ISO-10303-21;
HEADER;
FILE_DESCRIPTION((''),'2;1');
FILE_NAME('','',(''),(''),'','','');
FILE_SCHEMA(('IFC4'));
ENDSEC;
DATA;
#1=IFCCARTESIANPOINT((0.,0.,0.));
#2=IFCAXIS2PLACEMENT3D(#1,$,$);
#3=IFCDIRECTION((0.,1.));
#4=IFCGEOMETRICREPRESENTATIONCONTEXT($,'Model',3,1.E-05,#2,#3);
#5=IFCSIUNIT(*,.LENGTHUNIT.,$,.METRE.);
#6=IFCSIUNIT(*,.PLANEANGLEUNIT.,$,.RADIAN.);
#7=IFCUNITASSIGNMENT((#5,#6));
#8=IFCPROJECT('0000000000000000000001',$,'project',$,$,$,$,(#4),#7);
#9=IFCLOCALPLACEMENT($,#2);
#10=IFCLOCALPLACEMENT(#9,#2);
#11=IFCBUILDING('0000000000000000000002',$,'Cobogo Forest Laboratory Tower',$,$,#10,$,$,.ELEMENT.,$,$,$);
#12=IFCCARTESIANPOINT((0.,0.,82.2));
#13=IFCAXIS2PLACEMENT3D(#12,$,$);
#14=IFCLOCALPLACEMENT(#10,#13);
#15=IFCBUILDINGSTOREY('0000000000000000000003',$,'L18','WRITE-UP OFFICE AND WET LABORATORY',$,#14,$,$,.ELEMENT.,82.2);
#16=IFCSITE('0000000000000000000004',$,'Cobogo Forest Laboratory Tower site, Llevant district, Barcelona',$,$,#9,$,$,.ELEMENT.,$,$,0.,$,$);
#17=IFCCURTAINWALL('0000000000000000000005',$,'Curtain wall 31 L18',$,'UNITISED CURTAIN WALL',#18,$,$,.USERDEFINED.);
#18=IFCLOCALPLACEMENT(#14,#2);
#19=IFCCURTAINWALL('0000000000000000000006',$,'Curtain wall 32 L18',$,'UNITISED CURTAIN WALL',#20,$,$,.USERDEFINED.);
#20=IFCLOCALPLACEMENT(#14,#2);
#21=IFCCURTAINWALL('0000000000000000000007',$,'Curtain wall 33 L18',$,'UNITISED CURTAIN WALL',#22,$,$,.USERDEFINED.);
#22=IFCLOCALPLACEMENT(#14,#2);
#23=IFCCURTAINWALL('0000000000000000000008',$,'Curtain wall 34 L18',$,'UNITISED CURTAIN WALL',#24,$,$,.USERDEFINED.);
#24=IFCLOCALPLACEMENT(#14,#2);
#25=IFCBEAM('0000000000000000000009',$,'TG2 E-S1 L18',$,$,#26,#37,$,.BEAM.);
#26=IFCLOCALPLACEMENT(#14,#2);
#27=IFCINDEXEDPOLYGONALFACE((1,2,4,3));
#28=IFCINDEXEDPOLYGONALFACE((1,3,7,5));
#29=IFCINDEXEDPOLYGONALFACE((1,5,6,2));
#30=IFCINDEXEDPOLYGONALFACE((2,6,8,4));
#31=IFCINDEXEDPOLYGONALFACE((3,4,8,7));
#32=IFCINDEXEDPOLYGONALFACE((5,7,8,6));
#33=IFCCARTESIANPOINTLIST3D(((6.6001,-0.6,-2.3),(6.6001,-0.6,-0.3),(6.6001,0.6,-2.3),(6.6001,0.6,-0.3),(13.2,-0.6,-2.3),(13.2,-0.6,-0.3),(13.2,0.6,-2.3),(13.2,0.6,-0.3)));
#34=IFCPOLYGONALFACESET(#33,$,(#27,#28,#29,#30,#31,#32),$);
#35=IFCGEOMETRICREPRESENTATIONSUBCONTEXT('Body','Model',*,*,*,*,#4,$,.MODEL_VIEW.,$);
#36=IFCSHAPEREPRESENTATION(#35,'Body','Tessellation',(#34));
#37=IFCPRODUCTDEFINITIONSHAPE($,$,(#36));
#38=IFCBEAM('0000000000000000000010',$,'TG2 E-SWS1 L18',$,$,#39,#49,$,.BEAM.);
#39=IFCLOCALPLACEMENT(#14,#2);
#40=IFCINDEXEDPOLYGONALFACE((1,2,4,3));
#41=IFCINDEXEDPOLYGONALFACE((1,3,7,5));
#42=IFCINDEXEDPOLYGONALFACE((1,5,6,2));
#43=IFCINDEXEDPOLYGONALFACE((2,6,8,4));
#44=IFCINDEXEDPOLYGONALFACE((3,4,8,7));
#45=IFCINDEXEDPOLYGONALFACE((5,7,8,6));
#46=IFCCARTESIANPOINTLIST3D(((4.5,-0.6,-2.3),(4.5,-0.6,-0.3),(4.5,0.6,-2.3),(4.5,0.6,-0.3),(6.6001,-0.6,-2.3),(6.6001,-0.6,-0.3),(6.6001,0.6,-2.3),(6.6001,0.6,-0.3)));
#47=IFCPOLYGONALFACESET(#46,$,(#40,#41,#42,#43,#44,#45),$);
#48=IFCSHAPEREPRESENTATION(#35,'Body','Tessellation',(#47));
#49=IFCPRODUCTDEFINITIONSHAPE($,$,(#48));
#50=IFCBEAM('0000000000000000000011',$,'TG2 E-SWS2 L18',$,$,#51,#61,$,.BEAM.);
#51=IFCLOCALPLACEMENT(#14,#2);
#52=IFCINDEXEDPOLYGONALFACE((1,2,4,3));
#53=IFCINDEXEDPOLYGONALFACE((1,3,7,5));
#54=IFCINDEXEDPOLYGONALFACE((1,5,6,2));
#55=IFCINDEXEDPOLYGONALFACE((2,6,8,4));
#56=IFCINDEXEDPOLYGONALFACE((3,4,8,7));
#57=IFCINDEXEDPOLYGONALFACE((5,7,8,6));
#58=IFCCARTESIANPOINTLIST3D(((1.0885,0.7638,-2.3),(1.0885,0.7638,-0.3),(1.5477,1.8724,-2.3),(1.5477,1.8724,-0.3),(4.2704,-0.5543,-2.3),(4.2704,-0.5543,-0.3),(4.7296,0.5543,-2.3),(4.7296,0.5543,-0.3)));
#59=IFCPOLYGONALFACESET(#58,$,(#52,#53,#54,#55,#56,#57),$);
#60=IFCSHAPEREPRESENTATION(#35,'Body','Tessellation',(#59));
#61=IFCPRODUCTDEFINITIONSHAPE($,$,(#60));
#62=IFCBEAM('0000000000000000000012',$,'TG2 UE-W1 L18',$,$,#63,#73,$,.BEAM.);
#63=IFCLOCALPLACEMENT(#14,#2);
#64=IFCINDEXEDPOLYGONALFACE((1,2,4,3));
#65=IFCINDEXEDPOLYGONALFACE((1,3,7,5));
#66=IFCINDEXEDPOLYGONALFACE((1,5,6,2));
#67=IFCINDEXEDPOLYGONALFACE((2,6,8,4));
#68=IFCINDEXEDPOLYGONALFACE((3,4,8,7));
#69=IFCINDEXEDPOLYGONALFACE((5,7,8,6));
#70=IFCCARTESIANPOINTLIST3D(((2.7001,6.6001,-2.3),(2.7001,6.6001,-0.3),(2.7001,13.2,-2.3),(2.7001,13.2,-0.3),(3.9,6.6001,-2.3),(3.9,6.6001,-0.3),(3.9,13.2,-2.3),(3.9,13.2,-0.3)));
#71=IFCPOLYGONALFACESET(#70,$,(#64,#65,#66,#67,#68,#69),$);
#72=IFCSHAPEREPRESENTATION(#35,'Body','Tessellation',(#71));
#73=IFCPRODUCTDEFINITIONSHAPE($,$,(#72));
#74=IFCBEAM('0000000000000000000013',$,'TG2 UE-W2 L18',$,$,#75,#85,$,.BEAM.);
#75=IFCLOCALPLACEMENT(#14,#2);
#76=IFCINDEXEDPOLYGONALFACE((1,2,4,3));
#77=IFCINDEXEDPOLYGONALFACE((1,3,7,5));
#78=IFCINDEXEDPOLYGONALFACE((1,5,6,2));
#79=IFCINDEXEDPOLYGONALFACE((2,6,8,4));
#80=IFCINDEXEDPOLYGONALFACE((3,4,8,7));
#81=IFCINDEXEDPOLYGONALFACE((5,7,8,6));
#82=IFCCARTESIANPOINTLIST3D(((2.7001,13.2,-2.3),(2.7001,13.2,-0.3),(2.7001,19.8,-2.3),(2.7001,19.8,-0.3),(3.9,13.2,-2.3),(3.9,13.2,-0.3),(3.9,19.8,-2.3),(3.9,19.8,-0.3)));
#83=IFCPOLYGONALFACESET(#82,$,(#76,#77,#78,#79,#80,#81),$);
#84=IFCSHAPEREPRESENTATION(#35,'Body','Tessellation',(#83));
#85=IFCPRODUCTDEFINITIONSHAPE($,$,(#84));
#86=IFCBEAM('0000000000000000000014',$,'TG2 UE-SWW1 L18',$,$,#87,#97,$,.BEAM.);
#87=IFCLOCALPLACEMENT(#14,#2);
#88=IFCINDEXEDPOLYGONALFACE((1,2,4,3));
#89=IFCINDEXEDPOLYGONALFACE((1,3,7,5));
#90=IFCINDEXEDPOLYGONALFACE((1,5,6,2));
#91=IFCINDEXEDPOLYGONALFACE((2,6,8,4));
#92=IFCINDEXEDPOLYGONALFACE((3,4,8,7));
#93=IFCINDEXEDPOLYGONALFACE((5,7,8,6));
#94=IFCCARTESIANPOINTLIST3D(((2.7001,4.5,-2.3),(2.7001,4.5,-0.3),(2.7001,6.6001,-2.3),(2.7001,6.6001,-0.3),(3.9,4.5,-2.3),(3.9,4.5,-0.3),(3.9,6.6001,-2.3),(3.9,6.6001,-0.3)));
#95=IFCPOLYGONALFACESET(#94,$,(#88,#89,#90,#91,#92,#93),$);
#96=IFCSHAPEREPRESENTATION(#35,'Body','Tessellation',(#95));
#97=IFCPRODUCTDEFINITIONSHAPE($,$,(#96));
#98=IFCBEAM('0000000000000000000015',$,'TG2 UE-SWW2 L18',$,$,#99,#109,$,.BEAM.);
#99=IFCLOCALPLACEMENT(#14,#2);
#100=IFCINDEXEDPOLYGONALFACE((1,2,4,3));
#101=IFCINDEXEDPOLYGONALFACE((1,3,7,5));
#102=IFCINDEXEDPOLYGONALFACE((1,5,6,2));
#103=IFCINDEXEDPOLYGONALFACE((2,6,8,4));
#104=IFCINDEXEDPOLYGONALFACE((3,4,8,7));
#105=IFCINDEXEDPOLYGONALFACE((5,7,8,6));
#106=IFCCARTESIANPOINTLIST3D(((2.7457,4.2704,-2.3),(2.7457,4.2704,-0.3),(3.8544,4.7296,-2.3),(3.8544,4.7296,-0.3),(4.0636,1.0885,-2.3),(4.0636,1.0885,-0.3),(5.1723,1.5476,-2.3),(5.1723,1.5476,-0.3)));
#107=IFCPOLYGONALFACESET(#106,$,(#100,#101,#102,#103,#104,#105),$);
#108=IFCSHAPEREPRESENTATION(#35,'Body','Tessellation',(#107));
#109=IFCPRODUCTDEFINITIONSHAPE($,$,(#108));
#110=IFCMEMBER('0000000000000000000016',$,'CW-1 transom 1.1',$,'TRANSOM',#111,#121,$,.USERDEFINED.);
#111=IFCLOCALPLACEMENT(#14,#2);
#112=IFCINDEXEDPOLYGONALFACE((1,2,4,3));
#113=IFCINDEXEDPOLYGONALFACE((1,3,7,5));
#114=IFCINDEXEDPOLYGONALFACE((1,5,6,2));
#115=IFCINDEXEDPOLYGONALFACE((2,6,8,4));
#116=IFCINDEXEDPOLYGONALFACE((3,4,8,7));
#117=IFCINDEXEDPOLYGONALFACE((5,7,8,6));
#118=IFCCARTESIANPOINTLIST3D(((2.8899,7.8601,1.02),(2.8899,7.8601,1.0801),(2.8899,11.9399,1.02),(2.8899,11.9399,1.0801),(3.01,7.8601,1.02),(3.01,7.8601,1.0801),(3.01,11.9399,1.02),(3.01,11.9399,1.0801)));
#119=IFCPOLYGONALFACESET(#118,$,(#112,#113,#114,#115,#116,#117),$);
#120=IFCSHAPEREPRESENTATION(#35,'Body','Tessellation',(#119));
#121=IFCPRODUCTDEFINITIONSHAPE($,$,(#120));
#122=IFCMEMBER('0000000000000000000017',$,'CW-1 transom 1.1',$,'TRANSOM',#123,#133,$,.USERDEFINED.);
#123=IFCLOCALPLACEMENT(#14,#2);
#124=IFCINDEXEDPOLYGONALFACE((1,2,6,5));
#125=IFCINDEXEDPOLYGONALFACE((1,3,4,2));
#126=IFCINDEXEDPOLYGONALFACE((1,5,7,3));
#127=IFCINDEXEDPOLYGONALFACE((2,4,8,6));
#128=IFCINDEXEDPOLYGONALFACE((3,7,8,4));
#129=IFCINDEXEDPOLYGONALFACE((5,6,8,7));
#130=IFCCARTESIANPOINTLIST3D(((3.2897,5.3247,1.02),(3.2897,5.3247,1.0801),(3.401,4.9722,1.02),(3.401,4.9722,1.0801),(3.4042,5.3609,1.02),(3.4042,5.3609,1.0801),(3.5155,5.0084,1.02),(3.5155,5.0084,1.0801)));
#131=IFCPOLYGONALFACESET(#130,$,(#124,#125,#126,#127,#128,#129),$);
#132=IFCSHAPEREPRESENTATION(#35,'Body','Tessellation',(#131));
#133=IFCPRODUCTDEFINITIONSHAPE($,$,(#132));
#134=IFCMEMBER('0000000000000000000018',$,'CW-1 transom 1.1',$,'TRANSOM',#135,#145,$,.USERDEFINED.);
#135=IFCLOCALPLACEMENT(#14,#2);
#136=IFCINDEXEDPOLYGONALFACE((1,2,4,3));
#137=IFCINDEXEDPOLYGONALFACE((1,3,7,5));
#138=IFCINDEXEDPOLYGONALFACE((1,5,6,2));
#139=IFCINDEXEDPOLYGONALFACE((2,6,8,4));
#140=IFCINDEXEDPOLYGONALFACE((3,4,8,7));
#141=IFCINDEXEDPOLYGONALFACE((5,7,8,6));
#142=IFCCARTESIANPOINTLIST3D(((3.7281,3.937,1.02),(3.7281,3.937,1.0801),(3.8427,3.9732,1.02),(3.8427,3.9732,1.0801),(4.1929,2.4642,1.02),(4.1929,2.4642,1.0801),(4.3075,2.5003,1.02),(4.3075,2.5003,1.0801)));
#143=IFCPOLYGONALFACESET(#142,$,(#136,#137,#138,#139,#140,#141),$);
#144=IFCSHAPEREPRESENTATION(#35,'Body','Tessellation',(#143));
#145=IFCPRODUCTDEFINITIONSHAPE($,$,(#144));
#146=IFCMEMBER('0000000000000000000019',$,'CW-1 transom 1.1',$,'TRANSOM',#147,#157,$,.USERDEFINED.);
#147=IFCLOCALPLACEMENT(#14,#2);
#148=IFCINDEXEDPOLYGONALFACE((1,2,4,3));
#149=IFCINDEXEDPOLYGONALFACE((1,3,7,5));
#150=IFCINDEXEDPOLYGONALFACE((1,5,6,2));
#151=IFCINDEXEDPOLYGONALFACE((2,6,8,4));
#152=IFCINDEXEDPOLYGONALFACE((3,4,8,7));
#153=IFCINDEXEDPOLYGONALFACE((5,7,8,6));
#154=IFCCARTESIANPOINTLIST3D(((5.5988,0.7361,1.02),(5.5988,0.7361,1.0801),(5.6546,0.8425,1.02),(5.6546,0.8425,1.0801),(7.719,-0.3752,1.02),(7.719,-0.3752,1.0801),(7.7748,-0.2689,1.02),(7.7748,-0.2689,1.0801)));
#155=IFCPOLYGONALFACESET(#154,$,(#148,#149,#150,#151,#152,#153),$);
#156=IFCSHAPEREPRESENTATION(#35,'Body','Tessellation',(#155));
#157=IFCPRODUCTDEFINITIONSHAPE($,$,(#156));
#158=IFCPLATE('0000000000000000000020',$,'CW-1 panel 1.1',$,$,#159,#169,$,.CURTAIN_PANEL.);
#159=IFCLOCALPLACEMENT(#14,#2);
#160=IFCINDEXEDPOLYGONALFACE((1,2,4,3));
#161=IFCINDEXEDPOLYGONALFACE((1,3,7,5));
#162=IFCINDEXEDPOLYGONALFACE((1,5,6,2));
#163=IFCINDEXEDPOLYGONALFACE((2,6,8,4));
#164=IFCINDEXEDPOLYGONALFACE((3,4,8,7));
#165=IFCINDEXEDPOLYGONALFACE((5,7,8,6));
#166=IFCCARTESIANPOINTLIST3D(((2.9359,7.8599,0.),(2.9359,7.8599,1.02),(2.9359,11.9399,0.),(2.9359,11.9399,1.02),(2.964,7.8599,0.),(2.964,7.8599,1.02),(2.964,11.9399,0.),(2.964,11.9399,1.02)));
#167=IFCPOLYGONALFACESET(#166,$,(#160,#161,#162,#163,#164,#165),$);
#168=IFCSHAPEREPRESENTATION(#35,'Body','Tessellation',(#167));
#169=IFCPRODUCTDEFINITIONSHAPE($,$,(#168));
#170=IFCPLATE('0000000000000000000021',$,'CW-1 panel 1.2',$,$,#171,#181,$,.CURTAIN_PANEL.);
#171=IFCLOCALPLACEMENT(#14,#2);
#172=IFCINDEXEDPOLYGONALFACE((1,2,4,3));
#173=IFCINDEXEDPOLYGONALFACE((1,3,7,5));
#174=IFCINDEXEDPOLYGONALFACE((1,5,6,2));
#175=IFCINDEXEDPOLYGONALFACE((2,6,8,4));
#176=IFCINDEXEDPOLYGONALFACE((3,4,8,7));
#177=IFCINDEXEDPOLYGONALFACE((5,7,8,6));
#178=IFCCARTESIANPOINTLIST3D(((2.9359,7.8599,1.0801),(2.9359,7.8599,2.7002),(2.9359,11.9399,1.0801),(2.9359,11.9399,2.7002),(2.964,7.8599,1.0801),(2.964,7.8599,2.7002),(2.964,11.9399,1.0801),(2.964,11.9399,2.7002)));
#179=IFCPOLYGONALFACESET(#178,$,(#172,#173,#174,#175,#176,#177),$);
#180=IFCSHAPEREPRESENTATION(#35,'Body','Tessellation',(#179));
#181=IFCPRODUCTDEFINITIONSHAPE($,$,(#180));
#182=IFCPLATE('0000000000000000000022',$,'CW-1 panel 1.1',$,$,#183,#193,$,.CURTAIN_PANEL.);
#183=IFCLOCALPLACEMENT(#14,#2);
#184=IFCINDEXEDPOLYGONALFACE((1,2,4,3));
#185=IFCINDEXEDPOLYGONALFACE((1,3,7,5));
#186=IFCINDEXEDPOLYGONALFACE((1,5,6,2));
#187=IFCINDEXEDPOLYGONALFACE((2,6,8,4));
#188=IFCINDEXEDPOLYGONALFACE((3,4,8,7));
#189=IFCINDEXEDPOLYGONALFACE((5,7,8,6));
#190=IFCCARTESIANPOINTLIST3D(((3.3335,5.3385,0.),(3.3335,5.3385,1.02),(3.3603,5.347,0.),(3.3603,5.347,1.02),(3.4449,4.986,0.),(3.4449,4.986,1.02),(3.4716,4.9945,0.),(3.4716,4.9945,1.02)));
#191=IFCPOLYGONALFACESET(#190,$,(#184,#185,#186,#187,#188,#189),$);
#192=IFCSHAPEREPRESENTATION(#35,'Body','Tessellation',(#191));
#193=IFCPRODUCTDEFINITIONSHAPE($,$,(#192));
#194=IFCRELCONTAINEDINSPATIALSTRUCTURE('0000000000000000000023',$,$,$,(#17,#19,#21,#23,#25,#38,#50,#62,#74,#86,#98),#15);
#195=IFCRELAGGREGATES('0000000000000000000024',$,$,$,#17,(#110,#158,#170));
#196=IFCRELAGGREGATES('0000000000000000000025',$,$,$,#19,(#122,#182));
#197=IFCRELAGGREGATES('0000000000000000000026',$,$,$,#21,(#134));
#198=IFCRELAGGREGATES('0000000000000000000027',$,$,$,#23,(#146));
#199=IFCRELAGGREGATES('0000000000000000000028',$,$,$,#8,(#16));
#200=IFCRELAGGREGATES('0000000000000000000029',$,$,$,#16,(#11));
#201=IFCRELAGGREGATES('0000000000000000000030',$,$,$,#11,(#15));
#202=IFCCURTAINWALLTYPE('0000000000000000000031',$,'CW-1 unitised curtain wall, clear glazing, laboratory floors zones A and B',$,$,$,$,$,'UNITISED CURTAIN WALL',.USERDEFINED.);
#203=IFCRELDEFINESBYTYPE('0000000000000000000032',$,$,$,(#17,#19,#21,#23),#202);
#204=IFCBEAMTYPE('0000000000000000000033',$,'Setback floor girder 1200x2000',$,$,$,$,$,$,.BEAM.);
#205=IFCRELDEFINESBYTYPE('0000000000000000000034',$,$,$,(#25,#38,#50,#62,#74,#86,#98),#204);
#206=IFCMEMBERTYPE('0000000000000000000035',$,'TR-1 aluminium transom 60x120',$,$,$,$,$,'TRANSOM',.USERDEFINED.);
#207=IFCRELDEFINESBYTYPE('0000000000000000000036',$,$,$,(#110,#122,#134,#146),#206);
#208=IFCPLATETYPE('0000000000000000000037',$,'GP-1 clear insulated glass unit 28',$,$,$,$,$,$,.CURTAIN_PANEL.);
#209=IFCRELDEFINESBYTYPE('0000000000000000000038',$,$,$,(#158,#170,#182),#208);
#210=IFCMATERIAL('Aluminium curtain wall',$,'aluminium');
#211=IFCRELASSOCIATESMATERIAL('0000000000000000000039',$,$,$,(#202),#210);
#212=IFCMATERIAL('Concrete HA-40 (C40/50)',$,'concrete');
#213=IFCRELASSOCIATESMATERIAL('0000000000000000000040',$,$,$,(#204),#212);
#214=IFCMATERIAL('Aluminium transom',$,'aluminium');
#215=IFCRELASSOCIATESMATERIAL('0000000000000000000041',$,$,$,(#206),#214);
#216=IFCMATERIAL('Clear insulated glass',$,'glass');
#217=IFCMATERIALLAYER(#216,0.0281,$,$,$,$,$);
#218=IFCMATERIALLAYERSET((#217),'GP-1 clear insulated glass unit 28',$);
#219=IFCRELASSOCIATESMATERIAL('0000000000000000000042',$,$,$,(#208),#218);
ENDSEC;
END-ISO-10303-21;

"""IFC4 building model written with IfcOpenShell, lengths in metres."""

from ifc_helpers import new_model, si_unit, direction, frame, origin, origin_2d, place, context, subcontext, project, spatial, rectangle, extrude, material, layer, layer_set, material_profile, profile_set, type_object, element, aggregate, save


model = new_model("IFC4")

# Units and contexts
model_context = context("Model", 3, precision=1e-05, world=origin(), true_north=direction((0.0, 1.0)))
body_context = subcontext(model_context, "Body", "Model", "MODEL_VIEW")
ifc_project = project(units=[si_unit("LENGTHUNIT", "METRE"), si_unit("PLANEANGLEUNIT", "RADIAN")], contexts=[model_context])

# Site, building, storey
site_placement = place(None, origin())
site = spatial("IfcSite", under=ifc_project, at=site_placement, Name="Cobogo Forest Laboratory Tower site, Llevant district, Barcelona", CompositionType="ELEMENT", RefElevation=0.0)
building_placement = place(site_placement, origin())
building = spatial("IfcBuilding", under=site, at=building_placement, Name="Cobogo Forest Laboratory Tower", CompositionType="ELEMENT")
storey_placement = place(building_placement, frame((0.0, 0.0, 82.2)))
storey = spatial("IfcBuildingStorey", under=building, at=storey_placement, Name="L18", Description="WRITE-UP OFFICE AND WET LABORATORY", CompositionType="ELEMENT", Elevation=82.2)

# Curtain wall
ifc_material_1 = material(Name="Aluminium curtain wall", Category="aluminium")
curtain_wall_type = type_object("IfcCurtainWallType", Name="CW-1 unitised curtain wall, clear glazing, laboratory floors zones A and B", ElementType="UNITISED CURTAIN WALL", PredefinedType="USERDEFINED", material=ifc_material_1)
curtain_wall_1_placement = place(storey_placement, origin())
curtain_wall_1 = element("IfcCurtainWall", 1, at=curtain_wall_1_placement, inside=storey, type_object=curtain_wall_type, Name="Curtain wall 31 L18", ObjectType="UNITISED CURTAIN WALL", PredefinedType="USERDEFINED")

# Curtain walls
curtain_wall_2_placement = place(storey_placement, origin())
curtain_wall_2 = element("IfcCurtainWall", 2, at=curtain_wall_2_placement, inside=storey, type_object=curtain_wall_type, Name="Curtain wall 32 L18", ObjectType="UNITISED CURTAIN WALL", PredefinedType="USERDEFINED")
curtain_wall_3_placement = place(storey_placement, origin())
curtain_wall_3 = element("IfcCurtainWall", 3, at=curtain_wall_3_placement, inside=storey, type_object=curtain_wall_type, Name="Curtain wall 33 L18", ObjectType="UNITISED CURTAIN WALL", PredefinedType="USERDEFINED")

# Curtain wall
curtain_wall_4_placement = place(storey_placement, origin())
curtain_wall_4 = element("IfcCurtainWall", 4, at=curtain_wall_4_placement, inside=storey, type_object=curtain_wall_type, Name="Curtain wall 34 L18", ObjectType="UNITISED CURTAIN WALL", PredefinedType="USERDEFINED")

# Beams
ifc_material_2 = material(Name="Concrete HA-40 (C40/50)", Category="concrete")
ifc_material_profile_1 = material_profile(ifc_material_2, rectangle(XDim=1.2, YDim=2.0, at=origin_2d()), Name="RC 1200x2000")
ifc_profile_set_1 = profile_set([ifc_material_profile_1], Name="Concrete HA-40 (C40/50)")
beam_type = type_object("IfcBeamType", Name="Setback floor girder 1200x2000", PredefinedType="BEAM", material=ifc_profile_set_1)
beam_1_placement = place(storey_placement, frame((6.6001, 0.0, -1.3), z_axis=(1.0, 0.0, 0.0), x_axis=(0.0, 1.0, 0.0)))
element("IfcBeam", 5, at=beam_1_placement, inside=storey, type_object=beam_type, Name="TG2 E-S1 L18", PredefinedType="BEAM", context=body_context, shape_type="SweptSolid", body=[
    extrude(rectangle(XDim=1.2, YDim=2.0, at=origin_2d()), origin(), (0.0, 0.0, 1.0), 6.5999),
])
beam_2_placement = place(storey_placement, frame((6.6001, 0.0, -1.3), z_axis=(-1.0, 0.0, 0.0), x_axis=(0.0, -1.0, 0.0)))
element("IfcBeam", 6, at=beam_2_placement, inside=storey, type_object=beam_type, Name="TG2 E-SWS1 L18", PredefinedType="BEAM", context=body_context, shape_type="SweptSolid", body=[
    extrude(rectangle(XDim=1.2, YDim=2.0, at=origin_2d()), origin(), (0.0, 0.0, 1.0), 2.1001),
])
beam_3_placement = place(storey_placement, frame((4.5, 0.0, -1.3), z_axis=(-0.923866, 0.382717, 0.0), x_axis=(-0.382717, -0.923866, 0.0)))
element("IfcBeam", 7, at=beam_3_placement, inside=storey, type_object=beam_type, Name="TG2 E-SWS2 L18", PredefinedType="BEAM", context=body_context, shape_type="SweptSolid", body=[
    extrude(rectangle(XDim=1.2, YDim=2.0, at=origin_2d()), origin(), (0.0, 0.0, 1.0), 3.4441),
])
beam_4_placement = place(storey_placement, frame((3.3, 6.6001, -1.3), z_axis=(0.0, 1.0, 0.0), x_axis=(-1.0, 0.0, 0.0)))
element("IfcBeam", 8, at=beam_4_placement, inside=storey, type_object=beam_type, Name="TG2 UE-W1 L18", PredefinedType="BEAM", context=body_context, shape_type="SweptSolid", body=[
    extrude(rectangle(XDim=1.2, YDim=2.0, at=origin_2d()), origin(), (0.0, 0.0, 1.0), 6.5999),
])
beam_5_placement = place(storey_placement, frame((3.3, 13.2, -1.3), z_axis=(0.0, 1.0, 0.0), x_axis=(-1.0, 0.0, 0.0)))
element("IfcBeam", 9, at=beam_5_placement, inside=storey, type_object=beam_type, Name="TG2 UE-W2 L18", PredefinedType="BEAM", context=body_context, shape_type="SweptSolid", body=[
    extrude(rectangle(XDim=1.2, YDim=2.0, at=origin_2d()), origin(), (0.0, 0.0, 1.0), 6.6001),
])
beam_6_placement = place(storey_placement, frame((3.3, 6.6001, -1.3), z_axis=(0.0, -1.0, 0.0), x_axis=(1.0, 0.0, 0.0)))
element("IfcBeam", 10, at=beam_6_placement, inside=storey, type_object=beam_type, Name="TG2 UE-SWW1 L18", PredefinedType="BEAM", context=body_context, shape_type="SweptSolid", body=[
    extrude(rectangle(XDim=1.2, YDim=2.0, at=origin_2d()), origin(), (0.0, 0.0, 1.0), 2.1001),
])
beam_7_placement = place(storey_placement, frame((3.3, 4.5, -1.3), z_axis=(0.382656, -0.923891, 0.0), x_axis=(0.923891, 0.382656, 0.0)))
element("IfcBeam", 11, at=beam_7_placement, inside=storey, type_object=beam_type, Name="TG2 UE-SWW2 L18", PredefinedType="BEAM", context=body_context, shape_type="SweptSolid", body=[
    extrude(rectangle(XDim=1.2, YDim=2.0, at=origin_2d()), origin(), (0.0, 0.0, 1.0), 3.4441),
])

# Members
ifc_material_3 = material(Name="Aluminium transom", Category="aluminium")
ifc_material_profile_2 = material_profile(ifc_material_3, rectangle(XDim=0.1201, YDim=0.0601, at=origin_2d()), Name="AL 60x120")
ifc_profile_set_2 = profile_set([ifc_material_profile_2], Name="Aluminium transom")
member_type_1 = type_object("IfcMemberType", Name="TR-1 aluminium transom 60x120", ElementType="TRANSOM", PredefinedType="USERDEFINED", material=ifc_profile_set_2)
member_1_placement = place(storey_placement, frame((2.95, 11.9399, 1.05), z_axis=(0.0, -1.0, 0.0), x_axis=(1.0, 0.0, 0.0)))
member_1 = element("IfcMember", 12, at=member_1_placement, type_object=member_type_1, Name="CW-1 transom 1.1", ObjectType="TRANSOM", PredefinedType="USERDEFINED", context=body_context, shape_type="SweptSolid", body=[
    extrude(rectangle(XDim=0.1201, YDim=0.0601, at=origin_2d()), origin(), (0.0, 0.0, 1.0), 4.0798),
])
member_2_placement = place(storey_placement, frame((3.3469, 5.3428, 1.05), z_axis=(0.301131, -0.953583, 0.0), x_axis=(0.953583, 0.301131, 0.0)))
member_2 = element("IfcMember", 13, at=member_2_placement, type_object=member_type_1, Name="CW-1 transom 1.1", ObjectType="TRANSOM", PredefinedType="USERDEFINED", context=body_context, shape_type="SweptSolid", body=[
    extrude(rectangle(XDim=0.1201, YDim=0.0601, at=origin_2d()), origin(), (0.0, 0.0, 1.0), 0.3696),
])
member_3_placement = place(storey_placement, frame((3.7854, 3.9551, 1.05), z_axis=(0.300965, -0.953635, 0.0), x_axis=(0.953635, 0.300965, 0.0)))
member_3 = element("IfcMember", 14, at=member_3_placement, type_object=member_type_1, Name="CW-1 transom 1.1", ObjectType="TRANSOM", PredefinedType="USERDEFINED", context=body_context, shape_type="SweptSolid", body=[
    extrude(rectangle(XDim=0.1201, YDim=0.0601, at=origin_2d()), origin(), (0.0, 0.0, 1.0), 1.5444),
])
member_4_placement = place(storey_placement, frame((5.6267, 0.7893, 1.05), z_axis=(0.885696, -0.464266, 0.0), x_axis=(0.464266, 0.885696, 0.0)))
member_4 = element("IfcMember", 15, at=member_4_placement, type_object=member_type_1, Name="CW-1 transom 1.1", ObjectType="TRANSOM", PredefinedType="USERDEFINED", context=body_context, shape_type="SweptSolid", body=[
    extrude(rectangle(XDim=0.1201, YDim=0.0601, at=origin_2d()), origin(), (0.0, 0.0, 1.0), 2.3938),
])

# Plates
ifc_material_4 = material(Name="Clear insulated glass", Category="glass")
ifc_layer_1 = layer(ifc_material_4, 0.0281)
ifc_layer_set_1 = layer_set([ifc_layer_1], Name="GP-1 clear insulated glass unit 28")
plate_type = type_object("IfcPlateType", Name="GP-1 clear insulated glass unit 28", PredefinedType="CURTAIN_PANEL", material=ifc_layer_set_1)
plate_1_placement = place(storey_placement, frame((2.95, 9.8999, 0.0), z_axis=(0.0, 0.0, 1.0), x_axis=(0.0, -1.0, 0.0)))
plate_1 = element("IfcPlate", 16, at=plate_1_placement, type_object=plate_type, Name="CW-1 panel 1.1", PredefinedType="CURTAIN_PANEL", context=body_context, shape_type="SweptSolid", body=[
    extrude(rectangle(XDim=4.0801, YDim=0.0281, at=origin_2d()), origin(), (0.0, 0.0, 1.0), 1.02),
])
plate_2_placement = place(storey_placement, frame((2.95, 9.8999, 1.0801), z_axis=(0.0, 0.0, 1.0), x_axis=(0.0, -1.0, 0.0)))
plate_2 = element("IfcPlate", 17, at=plate_2_placement, type_object=plate_type, Name="CW-1 panel 1.2", PredefinedType="CURTAIN_PANEL", context=body_context, shape_type="SweptSolid", body=[
    extrude(rectangle(XDim=4.0801, YDim=0.0281, at=origin_2d()), origin(), (0.0, 0.0, 1.0), 1.6201),
])
aggregate(curtain_wall_1, [member_1, plate_1, plate_2])
plate_3_placement = place(storey_placement, frame((3.4026, 5.1665, 0.0), z_axis=(0.0, 0.0, 1.0), x_axis=(0.301135, -0.953582, 0.0)))
plate_3 = element("IfcPlate", 18, at=plate_3_placement, type_object=plate_type, Name="CW-1 panel 1.1", PredefinedType="CURTAIN_PANEL", context=body_context, shape_type="SweptSolid", body=[
    extrude(rectangle(XDim=0.3696, YDim=0.0281, at=origin_2d()), origin(), (0.0, 0.0, 1.0), 1.02),
])
aggregate(curtain_wall_2, [member_2, plate_3])
aggregate(curtain_wall_3, [member_3])
aggregate(curtain_wall_4, [member_4])

save(model, "model.ifc")
